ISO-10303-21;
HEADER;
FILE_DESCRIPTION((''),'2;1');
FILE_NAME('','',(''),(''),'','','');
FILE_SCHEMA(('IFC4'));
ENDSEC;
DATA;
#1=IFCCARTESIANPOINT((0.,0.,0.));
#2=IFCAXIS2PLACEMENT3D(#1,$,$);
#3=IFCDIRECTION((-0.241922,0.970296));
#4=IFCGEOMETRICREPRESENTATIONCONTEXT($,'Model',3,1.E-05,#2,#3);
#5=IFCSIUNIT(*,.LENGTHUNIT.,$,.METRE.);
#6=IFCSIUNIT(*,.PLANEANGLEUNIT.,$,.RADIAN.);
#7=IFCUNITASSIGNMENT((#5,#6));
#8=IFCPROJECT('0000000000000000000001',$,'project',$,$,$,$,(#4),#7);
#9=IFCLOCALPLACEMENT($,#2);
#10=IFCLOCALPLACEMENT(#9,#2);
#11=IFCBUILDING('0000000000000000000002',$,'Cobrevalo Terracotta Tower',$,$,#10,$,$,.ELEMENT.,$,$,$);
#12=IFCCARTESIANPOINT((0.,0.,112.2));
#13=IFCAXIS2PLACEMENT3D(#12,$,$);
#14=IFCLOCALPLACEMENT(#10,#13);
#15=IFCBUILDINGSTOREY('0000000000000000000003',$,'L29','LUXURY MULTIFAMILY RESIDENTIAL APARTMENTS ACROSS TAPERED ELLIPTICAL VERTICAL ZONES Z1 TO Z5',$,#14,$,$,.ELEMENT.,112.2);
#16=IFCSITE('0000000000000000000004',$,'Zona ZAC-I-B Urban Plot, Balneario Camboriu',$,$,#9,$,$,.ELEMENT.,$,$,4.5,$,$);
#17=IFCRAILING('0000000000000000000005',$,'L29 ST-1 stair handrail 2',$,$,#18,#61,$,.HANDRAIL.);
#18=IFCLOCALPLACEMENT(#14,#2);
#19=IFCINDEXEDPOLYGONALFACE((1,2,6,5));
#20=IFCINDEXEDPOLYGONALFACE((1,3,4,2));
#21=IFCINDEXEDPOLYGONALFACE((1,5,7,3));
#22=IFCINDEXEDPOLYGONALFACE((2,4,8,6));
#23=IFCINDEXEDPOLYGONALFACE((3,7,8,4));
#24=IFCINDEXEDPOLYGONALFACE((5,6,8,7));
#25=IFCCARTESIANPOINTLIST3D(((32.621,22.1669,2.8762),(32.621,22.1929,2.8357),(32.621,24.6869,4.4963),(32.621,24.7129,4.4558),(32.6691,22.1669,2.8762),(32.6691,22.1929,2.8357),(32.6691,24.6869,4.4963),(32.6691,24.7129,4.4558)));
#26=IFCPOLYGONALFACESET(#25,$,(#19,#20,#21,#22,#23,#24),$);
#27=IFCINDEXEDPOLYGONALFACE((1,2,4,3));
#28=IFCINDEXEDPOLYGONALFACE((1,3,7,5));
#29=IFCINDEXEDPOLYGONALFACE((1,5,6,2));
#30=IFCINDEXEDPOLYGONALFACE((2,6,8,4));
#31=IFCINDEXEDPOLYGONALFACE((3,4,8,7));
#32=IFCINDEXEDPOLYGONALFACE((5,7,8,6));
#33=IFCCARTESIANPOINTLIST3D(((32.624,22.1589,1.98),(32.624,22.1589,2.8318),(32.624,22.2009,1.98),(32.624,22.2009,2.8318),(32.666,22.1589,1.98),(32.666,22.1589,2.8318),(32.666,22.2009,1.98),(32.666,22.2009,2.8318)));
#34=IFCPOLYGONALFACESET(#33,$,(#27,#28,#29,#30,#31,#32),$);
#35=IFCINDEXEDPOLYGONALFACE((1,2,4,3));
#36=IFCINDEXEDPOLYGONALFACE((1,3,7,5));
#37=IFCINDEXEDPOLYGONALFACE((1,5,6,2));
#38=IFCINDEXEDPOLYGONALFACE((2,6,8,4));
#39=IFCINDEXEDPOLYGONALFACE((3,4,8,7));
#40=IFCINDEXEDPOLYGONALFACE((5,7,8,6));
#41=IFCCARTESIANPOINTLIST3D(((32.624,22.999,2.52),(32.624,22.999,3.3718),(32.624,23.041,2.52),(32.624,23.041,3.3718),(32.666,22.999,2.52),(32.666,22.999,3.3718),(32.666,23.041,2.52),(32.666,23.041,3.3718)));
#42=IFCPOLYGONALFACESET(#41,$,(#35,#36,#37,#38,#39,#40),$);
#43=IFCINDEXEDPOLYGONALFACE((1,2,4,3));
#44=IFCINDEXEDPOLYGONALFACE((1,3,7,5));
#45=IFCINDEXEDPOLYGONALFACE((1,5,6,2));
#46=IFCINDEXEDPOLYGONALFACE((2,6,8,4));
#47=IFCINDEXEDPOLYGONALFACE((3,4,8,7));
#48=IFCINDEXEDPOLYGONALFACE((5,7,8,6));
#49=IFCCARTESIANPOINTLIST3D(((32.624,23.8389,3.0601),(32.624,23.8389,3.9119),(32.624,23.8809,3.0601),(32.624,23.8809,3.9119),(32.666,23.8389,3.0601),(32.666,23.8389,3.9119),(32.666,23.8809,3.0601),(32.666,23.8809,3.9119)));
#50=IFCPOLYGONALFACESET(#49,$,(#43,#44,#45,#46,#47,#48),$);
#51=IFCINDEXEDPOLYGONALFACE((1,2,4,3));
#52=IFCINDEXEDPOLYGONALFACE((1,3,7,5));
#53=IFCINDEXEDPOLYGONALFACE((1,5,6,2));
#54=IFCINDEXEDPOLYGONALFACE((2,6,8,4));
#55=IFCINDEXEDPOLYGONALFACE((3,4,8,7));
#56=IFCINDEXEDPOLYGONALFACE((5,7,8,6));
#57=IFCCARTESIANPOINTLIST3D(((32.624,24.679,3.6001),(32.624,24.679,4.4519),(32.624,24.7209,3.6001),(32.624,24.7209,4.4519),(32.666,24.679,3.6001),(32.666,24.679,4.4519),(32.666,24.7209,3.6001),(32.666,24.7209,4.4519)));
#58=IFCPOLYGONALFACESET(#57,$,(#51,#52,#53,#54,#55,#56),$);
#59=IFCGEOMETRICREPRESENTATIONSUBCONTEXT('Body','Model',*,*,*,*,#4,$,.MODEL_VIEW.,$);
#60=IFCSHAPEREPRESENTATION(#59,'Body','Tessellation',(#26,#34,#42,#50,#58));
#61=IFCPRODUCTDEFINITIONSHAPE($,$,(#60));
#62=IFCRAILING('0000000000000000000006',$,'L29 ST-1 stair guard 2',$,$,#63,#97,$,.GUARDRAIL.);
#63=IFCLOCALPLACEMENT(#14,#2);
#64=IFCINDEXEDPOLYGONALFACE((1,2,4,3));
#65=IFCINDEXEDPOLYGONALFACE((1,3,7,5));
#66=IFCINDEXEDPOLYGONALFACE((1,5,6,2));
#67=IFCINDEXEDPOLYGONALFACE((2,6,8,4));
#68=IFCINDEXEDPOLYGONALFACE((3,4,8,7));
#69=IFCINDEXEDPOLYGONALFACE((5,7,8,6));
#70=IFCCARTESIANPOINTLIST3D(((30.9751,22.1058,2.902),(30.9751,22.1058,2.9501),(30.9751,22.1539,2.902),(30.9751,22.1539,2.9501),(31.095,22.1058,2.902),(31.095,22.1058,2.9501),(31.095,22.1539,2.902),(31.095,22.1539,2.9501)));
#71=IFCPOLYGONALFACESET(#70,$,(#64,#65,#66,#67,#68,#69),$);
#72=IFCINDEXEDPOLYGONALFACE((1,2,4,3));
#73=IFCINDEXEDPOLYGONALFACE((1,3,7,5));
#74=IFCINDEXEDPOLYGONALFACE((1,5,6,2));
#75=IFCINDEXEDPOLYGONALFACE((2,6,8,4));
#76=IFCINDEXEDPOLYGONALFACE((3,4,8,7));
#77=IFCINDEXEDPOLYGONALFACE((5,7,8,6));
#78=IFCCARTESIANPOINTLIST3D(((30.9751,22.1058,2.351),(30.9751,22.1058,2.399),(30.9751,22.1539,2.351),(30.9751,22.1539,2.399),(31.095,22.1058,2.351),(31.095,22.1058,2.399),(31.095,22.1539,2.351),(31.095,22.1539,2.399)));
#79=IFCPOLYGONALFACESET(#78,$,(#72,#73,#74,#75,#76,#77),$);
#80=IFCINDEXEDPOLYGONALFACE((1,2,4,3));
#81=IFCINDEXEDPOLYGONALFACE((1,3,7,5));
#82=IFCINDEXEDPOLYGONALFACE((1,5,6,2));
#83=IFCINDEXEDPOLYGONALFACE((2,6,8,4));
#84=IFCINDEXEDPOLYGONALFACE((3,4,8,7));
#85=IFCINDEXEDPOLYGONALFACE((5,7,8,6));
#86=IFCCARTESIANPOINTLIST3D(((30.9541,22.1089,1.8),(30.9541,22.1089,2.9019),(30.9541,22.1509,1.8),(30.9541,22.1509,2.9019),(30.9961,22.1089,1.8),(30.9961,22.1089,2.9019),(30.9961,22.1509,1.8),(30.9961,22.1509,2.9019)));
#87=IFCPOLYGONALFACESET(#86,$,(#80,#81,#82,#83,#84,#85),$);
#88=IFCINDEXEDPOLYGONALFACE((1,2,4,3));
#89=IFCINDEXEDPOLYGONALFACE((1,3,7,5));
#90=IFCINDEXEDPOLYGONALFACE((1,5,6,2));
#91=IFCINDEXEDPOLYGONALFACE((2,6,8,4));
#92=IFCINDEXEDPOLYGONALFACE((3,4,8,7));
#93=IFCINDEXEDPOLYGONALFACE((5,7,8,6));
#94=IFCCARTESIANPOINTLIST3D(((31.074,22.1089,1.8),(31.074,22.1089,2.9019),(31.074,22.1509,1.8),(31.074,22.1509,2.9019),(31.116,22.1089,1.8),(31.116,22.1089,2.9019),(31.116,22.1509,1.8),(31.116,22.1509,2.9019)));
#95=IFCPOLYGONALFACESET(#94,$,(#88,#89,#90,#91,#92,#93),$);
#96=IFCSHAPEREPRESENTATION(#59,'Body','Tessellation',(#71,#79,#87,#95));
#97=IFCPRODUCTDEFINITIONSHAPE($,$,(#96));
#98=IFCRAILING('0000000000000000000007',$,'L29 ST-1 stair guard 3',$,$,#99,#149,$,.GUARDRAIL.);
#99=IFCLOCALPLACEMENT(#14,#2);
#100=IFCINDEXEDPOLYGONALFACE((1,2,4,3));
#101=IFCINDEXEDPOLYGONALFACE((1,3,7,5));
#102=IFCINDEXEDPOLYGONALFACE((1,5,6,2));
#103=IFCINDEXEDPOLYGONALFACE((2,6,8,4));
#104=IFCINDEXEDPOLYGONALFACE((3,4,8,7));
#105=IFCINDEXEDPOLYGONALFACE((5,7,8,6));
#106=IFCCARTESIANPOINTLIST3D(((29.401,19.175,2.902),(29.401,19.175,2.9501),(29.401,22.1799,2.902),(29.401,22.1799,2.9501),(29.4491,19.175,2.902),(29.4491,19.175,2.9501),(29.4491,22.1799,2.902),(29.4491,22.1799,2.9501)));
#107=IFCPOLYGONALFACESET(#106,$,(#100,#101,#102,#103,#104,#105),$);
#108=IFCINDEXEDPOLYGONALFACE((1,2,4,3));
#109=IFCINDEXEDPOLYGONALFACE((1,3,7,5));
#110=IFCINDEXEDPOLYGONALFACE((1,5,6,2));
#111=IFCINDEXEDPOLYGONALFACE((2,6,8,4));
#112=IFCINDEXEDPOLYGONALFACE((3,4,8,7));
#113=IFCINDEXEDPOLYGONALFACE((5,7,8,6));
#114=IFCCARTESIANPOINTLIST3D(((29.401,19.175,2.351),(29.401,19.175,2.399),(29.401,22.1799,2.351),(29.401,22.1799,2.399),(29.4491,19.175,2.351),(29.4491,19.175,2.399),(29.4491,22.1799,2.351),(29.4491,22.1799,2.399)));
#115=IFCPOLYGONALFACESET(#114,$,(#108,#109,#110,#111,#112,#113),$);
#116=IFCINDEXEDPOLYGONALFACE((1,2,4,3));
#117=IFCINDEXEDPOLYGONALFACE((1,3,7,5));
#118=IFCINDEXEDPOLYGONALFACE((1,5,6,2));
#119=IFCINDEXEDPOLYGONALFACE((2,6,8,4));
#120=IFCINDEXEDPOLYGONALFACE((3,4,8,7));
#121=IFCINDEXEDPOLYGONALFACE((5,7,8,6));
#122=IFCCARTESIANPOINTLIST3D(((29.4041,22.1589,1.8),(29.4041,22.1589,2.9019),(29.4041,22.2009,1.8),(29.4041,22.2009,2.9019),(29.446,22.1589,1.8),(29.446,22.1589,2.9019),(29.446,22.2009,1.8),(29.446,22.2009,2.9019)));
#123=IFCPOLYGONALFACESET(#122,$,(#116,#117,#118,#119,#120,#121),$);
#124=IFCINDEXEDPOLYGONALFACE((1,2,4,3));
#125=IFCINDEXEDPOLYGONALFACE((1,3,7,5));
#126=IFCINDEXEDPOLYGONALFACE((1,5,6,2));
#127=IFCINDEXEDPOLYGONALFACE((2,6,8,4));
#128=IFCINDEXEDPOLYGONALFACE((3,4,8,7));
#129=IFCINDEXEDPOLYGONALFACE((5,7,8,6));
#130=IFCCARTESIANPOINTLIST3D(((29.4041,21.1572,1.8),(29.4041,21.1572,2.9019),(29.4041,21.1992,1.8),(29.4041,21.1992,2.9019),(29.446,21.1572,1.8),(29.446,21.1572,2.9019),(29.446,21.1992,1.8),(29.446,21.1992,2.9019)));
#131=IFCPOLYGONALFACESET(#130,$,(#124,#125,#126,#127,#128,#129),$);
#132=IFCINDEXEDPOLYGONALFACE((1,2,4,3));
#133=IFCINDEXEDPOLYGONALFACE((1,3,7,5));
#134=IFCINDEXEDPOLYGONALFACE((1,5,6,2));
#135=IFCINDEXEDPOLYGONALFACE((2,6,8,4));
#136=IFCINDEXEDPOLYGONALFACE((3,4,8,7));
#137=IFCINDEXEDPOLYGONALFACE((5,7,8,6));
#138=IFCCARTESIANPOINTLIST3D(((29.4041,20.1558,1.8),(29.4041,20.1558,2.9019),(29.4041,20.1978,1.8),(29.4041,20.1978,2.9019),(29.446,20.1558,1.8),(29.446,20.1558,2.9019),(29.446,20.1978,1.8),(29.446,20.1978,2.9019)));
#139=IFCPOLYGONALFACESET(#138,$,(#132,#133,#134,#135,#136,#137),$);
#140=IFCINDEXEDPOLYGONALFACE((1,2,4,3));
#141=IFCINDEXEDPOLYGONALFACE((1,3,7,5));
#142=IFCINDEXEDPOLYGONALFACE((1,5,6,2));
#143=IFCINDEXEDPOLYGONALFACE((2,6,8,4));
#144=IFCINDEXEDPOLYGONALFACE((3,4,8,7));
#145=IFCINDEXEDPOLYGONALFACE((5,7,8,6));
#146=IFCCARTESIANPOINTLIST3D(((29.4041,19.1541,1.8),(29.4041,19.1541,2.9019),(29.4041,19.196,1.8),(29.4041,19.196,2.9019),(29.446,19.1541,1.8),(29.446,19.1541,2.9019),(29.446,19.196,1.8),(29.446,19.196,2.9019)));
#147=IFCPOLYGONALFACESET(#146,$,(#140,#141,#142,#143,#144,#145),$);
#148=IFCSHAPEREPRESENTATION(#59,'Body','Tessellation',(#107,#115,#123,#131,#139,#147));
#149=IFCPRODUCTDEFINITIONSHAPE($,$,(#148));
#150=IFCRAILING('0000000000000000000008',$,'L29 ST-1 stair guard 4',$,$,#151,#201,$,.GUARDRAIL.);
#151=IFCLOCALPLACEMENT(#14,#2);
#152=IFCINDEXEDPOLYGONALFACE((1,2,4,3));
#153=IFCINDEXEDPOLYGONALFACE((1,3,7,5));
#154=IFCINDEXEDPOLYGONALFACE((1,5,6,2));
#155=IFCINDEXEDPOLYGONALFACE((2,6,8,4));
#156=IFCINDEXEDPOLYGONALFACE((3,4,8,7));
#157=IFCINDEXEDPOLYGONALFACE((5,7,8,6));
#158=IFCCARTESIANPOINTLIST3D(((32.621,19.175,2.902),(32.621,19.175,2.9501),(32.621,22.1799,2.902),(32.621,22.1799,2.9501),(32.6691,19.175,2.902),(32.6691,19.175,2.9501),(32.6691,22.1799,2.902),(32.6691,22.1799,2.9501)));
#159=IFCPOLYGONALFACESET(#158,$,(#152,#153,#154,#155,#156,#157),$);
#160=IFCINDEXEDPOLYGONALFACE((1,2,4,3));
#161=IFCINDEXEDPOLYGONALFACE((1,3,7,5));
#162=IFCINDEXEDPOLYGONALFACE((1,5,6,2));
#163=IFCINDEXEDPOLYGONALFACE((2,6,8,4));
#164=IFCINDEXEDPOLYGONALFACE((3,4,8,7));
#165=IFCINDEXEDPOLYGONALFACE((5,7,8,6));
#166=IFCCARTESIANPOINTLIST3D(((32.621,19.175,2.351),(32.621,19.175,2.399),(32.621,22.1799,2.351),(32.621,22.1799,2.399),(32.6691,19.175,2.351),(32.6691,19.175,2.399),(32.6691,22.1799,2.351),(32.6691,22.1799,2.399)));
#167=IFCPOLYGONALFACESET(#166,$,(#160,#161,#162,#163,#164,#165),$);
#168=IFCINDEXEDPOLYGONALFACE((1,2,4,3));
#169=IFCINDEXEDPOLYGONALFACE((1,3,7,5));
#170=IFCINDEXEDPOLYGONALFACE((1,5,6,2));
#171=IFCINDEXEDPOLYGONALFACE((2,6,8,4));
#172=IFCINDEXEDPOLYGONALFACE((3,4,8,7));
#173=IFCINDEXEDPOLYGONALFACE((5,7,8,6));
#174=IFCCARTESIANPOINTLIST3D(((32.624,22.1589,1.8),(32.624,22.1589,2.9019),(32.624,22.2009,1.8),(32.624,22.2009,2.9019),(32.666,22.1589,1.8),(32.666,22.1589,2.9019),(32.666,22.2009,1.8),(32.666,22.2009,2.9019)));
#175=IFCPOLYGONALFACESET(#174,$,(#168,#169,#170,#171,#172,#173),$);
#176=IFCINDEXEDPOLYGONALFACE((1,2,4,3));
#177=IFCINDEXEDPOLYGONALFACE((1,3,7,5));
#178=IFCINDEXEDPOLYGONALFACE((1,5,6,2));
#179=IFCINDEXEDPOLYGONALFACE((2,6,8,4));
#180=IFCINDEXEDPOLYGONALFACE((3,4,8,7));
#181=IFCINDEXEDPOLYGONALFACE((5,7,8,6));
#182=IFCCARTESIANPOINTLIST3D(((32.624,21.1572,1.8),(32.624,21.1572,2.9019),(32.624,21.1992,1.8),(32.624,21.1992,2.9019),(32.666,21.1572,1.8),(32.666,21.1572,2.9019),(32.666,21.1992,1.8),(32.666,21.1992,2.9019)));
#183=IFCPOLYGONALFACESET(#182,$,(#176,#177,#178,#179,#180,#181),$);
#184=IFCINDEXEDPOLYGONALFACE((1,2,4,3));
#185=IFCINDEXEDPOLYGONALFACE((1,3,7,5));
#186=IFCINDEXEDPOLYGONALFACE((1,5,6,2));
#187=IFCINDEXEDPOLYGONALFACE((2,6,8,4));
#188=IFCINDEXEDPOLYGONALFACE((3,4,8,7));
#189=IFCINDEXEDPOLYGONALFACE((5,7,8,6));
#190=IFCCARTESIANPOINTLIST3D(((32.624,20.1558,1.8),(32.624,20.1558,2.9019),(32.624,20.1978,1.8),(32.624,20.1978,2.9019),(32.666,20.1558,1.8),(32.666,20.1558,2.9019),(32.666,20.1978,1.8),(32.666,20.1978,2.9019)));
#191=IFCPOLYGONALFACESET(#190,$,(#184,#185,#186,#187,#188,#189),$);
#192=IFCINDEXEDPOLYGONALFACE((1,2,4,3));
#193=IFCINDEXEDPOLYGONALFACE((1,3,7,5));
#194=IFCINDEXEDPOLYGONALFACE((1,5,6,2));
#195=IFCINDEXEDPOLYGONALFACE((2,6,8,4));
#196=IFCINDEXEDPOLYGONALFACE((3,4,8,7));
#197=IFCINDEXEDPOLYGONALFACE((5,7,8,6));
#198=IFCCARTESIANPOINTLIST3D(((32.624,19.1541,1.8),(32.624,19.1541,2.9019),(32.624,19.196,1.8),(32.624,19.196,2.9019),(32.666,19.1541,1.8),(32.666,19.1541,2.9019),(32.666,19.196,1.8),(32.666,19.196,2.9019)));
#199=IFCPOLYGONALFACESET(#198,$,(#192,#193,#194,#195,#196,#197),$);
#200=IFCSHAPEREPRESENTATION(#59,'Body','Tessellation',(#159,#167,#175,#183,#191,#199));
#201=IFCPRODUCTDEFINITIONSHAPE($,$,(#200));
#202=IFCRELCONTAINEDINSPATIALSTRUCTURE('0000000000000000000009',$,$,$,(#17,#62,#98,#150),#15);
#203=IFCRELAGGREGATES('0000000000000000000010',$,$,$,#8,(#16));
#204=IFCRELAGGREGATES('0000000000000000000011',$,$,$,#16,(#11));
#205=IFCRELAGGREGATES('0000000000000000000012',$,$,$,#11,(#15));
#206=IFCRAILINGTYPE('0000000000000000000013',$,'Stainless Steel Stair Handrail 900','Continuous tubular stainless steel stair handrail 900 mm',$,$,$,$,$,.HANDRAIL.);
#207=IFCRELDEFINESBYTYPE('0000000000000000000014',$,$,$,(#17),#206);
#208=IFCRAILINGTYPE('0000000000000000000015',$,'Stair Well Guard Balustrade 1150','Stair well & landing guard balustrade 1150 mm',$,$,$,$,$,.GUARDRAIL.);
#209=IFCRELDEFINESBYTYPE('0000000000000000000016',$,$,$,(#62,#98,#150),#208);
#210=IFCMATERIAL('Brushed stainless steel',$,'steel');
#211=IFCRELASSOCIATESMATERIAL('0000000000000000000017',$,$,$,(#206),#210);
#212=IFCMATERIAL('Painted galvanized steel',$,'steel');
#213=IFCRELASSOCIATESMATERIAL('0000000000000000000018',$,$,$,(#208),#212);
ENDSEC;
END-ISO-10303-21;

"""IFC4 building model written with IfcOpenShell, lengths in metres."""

from ifc_helpers import new_model, si_unit, direction, frame, origin, origin_2d, place, context, subcontext, project, spatial, rectangle, extrude, material, type_object, element, save


model = new_model("IFC4")

# Units and contexts
model_context = context("Model", 3, precision=1e-05, world=origin(), true_north=direction((-0.241922, 0.970296)))
body_context = subcontext(model_context, "Body", "Model", "MODEL_VIEW")
ifc_project = project(units=[si_unit("LENGTHUNIT", "METRE"), si_unit("PLANEANGLEUNIT", "RADIAN")], contexts=[model_context])

# Site, building, storey
site_placement = place(None, origin())
site = spatial("IfcSite", under=ifc_project, at=site_placement, Name="Zona ZAC-I-B Urban Plot, Balneario Camboriu", CompositionType="ELEMENT", RefElevation=4.5)
building_placement = place(site_placement, origin())
building = spatial("IfcBuilding", under=site, at=building_placement, Name="Cobrevalo Terracotta Tower", CompositionType="ELEMENT")
storey_placement = place(building_placement, frame((0.0, 0.0, 112.2)))
storey = spatial("IfcBuildingStorey", under=building, at=storey_placement, Name="L29", Description="LUXURY MULTIFAMILY RESIDENTIAL APARTMENTS ACROSS TAPERED ELLIPTICAL VERTICAL ZONES Z1 TO Z5", CompositionType="ELEMENT", Elevation=112.2)

# Railings
ifc_material_1 = material(Name="Brushed stainless steel", Category="steel")
railing_type_1 = type_object("IfcRailingType", Name="Stainless Steel Stair Handrail 900", Description="Continuous tubular stainless steel stair handrail 900 mm", PredefinedType="HANDRAIL", material=ifc_material_1)
railing_1_placement = place(storey_placement, frame((32.645, 22.1799, 1.98)))
element("IfcRailing", 1, at=railing_1_placement, inside=storey, type_object=railing_type_1, Name="L29 ST-1 stair handrail 2", PredefinedType="HANDRAIL", context=body_context, shape_type="SweptSolid", body=[
    extrude(rectangle(XDim=0.0481, YDim=0.0481, at=origin_2d()), frame((0.0, 0.0, 0.876), z_axis=(0.0, 0.841163, 0.540782), x_axis=(-1.0, 0.0, 0.0)), (0.0, 0.0, 1.0), 2.9958),
    extrude(rectangle(XDim=0.042, YDim=0.042, at=origin_2d()), origin(), (0.0, 0.0, 1.0), 0.8518),
    extrude(rectangle(XDim=0.042, YDim=0.042, at=origin_2d()), frame((0.0, 0.8401, 0.54)), (0.0, 0.0, 1.0), 0.8518),
    extrude(rectangle(XDim=0.042, YDim=0.042, at=origin_2d()), frame((0.0, 1.6799, 1.0801)), (0.0, 0.0, 1.0), 0.8518),
    extrude(rectangle(XDim=0.042, YDim=0.042, at=origin_2d()), frame((0.0, 2.52, 1.6201)), (0.0, 0.0, 1.0), 0.8518),
])
ifc_material_2 = material(Name="Painted galvanized steel", Category="steel")
railing_type_2 = type_object("IfcRailingType", Name="Stair Well Guard Balustrade 1150", Description="Stair well & landing guard balustrade 1150 mm", PredefinedType="GUARDRAIL", material=ifc_material_2)
railing_2_placement = place(storey_placement, frame((30.9751, 22.1299, 1.8)))
element("IfcRailing", 2, at=railing_2_placement, inside=storey, type_object=railing_type_2, Name="L29 ST-1 stair guard 2", PredefinedType="GUARDRAIL", context=body_context, shape_type="SweptSolid", body=[
    extrude(rectangle(XDim=0.0481, YDim=0.0481, at=origin_2d()), frame((0.0, 0.0, 1.126), z_axis=(1.0, 0.0, 0.0), x_axis=(0.0, 1.0, 0.0)), (0.0, 0.0, 1.0), 0.1199),
    extrude(rectangle(XDim=0.0481, YDim=0.0481, at=origin_2d()), frame((0.0, 0.0, 0.575), z_axis=(1.0, 0.0, 0.0), x_axis=(0.0, 1.0, 0.0)), (0.0, 0.0, 1.0), 0.1199),
    extrude(rectangle(XDim=0.042, YDim=0.042, at=origin_2d()), origin(), (0.0, 0.0, 1.0), 1.1018),
    extrude(rectangle(XDim=0.042, YDim=0.042, at=origin_2d()), frame((0.1199, 0.0, 0.0)), (0.0, 0.0, 1.0), 1.1018),
])
for number, where, name in (
    (3, (29.425, 22.1799, 1.8), "L29 ST-1 stair guard 3"),
    (4, (32.645, 22.1799, 1.8), "L29 ST-1 stair guard 4"),
):
    element("IfcRailing", number, at=place(storey_placement, frame(where)), inside=storey, type_object=railing_type_2, Name=name, PredefinedType="GUARDRAIL", context=body_context, shape_type="SweptSolid", body=[
        extrude(rectangle(XDim=0.0481, YDim=0.0481, at=origin_2d()), frame((0.0, 0.0, 1.126), z_axis=(0.0, -1.0, 0.0), x_axis=(1.0, 0.0, 0.0)), (0.0, 0.0, 1.0), 3.0049),
        extrude(rectangle(XDim=0.0481, YDim=0.0481, at=origin_2d()), frame((0.0, 0.0, 0.575), z_axis=(0.0, -1.0, 0.0), x_axis=(1.0, 0.0, 0.0)), (0.0, 0.0, 1.0), 3.0049),
        extrude(rectangle(XDim=0.042, YDim=0.042, at=origin_2d()), origin(), (0.0, 0.0, 1.0), 1.1018),
        extrude(rectangle(XDim=0.042, YDim=0.042, at=origin_2d()), frame((0.0, -1.0017, 0.0)), (0.0, 0.0, 1.0), 1.1018),
        extrude(rectangle(XDim=0.042, YDim=0.042, at=origin_2d()), frame((0.0, -2.0032, 0.0)), (0.0, 0.0, 1.0), 1.1018),
        extrude(rectangle(XDim=0.042, YDim=0.042, at=origin_2d()), frame((0.0, -3.0049, 0.0)), (0.0, 0.0, 1.0), 1.1018),
    ])

save(model, "model.ifc")
